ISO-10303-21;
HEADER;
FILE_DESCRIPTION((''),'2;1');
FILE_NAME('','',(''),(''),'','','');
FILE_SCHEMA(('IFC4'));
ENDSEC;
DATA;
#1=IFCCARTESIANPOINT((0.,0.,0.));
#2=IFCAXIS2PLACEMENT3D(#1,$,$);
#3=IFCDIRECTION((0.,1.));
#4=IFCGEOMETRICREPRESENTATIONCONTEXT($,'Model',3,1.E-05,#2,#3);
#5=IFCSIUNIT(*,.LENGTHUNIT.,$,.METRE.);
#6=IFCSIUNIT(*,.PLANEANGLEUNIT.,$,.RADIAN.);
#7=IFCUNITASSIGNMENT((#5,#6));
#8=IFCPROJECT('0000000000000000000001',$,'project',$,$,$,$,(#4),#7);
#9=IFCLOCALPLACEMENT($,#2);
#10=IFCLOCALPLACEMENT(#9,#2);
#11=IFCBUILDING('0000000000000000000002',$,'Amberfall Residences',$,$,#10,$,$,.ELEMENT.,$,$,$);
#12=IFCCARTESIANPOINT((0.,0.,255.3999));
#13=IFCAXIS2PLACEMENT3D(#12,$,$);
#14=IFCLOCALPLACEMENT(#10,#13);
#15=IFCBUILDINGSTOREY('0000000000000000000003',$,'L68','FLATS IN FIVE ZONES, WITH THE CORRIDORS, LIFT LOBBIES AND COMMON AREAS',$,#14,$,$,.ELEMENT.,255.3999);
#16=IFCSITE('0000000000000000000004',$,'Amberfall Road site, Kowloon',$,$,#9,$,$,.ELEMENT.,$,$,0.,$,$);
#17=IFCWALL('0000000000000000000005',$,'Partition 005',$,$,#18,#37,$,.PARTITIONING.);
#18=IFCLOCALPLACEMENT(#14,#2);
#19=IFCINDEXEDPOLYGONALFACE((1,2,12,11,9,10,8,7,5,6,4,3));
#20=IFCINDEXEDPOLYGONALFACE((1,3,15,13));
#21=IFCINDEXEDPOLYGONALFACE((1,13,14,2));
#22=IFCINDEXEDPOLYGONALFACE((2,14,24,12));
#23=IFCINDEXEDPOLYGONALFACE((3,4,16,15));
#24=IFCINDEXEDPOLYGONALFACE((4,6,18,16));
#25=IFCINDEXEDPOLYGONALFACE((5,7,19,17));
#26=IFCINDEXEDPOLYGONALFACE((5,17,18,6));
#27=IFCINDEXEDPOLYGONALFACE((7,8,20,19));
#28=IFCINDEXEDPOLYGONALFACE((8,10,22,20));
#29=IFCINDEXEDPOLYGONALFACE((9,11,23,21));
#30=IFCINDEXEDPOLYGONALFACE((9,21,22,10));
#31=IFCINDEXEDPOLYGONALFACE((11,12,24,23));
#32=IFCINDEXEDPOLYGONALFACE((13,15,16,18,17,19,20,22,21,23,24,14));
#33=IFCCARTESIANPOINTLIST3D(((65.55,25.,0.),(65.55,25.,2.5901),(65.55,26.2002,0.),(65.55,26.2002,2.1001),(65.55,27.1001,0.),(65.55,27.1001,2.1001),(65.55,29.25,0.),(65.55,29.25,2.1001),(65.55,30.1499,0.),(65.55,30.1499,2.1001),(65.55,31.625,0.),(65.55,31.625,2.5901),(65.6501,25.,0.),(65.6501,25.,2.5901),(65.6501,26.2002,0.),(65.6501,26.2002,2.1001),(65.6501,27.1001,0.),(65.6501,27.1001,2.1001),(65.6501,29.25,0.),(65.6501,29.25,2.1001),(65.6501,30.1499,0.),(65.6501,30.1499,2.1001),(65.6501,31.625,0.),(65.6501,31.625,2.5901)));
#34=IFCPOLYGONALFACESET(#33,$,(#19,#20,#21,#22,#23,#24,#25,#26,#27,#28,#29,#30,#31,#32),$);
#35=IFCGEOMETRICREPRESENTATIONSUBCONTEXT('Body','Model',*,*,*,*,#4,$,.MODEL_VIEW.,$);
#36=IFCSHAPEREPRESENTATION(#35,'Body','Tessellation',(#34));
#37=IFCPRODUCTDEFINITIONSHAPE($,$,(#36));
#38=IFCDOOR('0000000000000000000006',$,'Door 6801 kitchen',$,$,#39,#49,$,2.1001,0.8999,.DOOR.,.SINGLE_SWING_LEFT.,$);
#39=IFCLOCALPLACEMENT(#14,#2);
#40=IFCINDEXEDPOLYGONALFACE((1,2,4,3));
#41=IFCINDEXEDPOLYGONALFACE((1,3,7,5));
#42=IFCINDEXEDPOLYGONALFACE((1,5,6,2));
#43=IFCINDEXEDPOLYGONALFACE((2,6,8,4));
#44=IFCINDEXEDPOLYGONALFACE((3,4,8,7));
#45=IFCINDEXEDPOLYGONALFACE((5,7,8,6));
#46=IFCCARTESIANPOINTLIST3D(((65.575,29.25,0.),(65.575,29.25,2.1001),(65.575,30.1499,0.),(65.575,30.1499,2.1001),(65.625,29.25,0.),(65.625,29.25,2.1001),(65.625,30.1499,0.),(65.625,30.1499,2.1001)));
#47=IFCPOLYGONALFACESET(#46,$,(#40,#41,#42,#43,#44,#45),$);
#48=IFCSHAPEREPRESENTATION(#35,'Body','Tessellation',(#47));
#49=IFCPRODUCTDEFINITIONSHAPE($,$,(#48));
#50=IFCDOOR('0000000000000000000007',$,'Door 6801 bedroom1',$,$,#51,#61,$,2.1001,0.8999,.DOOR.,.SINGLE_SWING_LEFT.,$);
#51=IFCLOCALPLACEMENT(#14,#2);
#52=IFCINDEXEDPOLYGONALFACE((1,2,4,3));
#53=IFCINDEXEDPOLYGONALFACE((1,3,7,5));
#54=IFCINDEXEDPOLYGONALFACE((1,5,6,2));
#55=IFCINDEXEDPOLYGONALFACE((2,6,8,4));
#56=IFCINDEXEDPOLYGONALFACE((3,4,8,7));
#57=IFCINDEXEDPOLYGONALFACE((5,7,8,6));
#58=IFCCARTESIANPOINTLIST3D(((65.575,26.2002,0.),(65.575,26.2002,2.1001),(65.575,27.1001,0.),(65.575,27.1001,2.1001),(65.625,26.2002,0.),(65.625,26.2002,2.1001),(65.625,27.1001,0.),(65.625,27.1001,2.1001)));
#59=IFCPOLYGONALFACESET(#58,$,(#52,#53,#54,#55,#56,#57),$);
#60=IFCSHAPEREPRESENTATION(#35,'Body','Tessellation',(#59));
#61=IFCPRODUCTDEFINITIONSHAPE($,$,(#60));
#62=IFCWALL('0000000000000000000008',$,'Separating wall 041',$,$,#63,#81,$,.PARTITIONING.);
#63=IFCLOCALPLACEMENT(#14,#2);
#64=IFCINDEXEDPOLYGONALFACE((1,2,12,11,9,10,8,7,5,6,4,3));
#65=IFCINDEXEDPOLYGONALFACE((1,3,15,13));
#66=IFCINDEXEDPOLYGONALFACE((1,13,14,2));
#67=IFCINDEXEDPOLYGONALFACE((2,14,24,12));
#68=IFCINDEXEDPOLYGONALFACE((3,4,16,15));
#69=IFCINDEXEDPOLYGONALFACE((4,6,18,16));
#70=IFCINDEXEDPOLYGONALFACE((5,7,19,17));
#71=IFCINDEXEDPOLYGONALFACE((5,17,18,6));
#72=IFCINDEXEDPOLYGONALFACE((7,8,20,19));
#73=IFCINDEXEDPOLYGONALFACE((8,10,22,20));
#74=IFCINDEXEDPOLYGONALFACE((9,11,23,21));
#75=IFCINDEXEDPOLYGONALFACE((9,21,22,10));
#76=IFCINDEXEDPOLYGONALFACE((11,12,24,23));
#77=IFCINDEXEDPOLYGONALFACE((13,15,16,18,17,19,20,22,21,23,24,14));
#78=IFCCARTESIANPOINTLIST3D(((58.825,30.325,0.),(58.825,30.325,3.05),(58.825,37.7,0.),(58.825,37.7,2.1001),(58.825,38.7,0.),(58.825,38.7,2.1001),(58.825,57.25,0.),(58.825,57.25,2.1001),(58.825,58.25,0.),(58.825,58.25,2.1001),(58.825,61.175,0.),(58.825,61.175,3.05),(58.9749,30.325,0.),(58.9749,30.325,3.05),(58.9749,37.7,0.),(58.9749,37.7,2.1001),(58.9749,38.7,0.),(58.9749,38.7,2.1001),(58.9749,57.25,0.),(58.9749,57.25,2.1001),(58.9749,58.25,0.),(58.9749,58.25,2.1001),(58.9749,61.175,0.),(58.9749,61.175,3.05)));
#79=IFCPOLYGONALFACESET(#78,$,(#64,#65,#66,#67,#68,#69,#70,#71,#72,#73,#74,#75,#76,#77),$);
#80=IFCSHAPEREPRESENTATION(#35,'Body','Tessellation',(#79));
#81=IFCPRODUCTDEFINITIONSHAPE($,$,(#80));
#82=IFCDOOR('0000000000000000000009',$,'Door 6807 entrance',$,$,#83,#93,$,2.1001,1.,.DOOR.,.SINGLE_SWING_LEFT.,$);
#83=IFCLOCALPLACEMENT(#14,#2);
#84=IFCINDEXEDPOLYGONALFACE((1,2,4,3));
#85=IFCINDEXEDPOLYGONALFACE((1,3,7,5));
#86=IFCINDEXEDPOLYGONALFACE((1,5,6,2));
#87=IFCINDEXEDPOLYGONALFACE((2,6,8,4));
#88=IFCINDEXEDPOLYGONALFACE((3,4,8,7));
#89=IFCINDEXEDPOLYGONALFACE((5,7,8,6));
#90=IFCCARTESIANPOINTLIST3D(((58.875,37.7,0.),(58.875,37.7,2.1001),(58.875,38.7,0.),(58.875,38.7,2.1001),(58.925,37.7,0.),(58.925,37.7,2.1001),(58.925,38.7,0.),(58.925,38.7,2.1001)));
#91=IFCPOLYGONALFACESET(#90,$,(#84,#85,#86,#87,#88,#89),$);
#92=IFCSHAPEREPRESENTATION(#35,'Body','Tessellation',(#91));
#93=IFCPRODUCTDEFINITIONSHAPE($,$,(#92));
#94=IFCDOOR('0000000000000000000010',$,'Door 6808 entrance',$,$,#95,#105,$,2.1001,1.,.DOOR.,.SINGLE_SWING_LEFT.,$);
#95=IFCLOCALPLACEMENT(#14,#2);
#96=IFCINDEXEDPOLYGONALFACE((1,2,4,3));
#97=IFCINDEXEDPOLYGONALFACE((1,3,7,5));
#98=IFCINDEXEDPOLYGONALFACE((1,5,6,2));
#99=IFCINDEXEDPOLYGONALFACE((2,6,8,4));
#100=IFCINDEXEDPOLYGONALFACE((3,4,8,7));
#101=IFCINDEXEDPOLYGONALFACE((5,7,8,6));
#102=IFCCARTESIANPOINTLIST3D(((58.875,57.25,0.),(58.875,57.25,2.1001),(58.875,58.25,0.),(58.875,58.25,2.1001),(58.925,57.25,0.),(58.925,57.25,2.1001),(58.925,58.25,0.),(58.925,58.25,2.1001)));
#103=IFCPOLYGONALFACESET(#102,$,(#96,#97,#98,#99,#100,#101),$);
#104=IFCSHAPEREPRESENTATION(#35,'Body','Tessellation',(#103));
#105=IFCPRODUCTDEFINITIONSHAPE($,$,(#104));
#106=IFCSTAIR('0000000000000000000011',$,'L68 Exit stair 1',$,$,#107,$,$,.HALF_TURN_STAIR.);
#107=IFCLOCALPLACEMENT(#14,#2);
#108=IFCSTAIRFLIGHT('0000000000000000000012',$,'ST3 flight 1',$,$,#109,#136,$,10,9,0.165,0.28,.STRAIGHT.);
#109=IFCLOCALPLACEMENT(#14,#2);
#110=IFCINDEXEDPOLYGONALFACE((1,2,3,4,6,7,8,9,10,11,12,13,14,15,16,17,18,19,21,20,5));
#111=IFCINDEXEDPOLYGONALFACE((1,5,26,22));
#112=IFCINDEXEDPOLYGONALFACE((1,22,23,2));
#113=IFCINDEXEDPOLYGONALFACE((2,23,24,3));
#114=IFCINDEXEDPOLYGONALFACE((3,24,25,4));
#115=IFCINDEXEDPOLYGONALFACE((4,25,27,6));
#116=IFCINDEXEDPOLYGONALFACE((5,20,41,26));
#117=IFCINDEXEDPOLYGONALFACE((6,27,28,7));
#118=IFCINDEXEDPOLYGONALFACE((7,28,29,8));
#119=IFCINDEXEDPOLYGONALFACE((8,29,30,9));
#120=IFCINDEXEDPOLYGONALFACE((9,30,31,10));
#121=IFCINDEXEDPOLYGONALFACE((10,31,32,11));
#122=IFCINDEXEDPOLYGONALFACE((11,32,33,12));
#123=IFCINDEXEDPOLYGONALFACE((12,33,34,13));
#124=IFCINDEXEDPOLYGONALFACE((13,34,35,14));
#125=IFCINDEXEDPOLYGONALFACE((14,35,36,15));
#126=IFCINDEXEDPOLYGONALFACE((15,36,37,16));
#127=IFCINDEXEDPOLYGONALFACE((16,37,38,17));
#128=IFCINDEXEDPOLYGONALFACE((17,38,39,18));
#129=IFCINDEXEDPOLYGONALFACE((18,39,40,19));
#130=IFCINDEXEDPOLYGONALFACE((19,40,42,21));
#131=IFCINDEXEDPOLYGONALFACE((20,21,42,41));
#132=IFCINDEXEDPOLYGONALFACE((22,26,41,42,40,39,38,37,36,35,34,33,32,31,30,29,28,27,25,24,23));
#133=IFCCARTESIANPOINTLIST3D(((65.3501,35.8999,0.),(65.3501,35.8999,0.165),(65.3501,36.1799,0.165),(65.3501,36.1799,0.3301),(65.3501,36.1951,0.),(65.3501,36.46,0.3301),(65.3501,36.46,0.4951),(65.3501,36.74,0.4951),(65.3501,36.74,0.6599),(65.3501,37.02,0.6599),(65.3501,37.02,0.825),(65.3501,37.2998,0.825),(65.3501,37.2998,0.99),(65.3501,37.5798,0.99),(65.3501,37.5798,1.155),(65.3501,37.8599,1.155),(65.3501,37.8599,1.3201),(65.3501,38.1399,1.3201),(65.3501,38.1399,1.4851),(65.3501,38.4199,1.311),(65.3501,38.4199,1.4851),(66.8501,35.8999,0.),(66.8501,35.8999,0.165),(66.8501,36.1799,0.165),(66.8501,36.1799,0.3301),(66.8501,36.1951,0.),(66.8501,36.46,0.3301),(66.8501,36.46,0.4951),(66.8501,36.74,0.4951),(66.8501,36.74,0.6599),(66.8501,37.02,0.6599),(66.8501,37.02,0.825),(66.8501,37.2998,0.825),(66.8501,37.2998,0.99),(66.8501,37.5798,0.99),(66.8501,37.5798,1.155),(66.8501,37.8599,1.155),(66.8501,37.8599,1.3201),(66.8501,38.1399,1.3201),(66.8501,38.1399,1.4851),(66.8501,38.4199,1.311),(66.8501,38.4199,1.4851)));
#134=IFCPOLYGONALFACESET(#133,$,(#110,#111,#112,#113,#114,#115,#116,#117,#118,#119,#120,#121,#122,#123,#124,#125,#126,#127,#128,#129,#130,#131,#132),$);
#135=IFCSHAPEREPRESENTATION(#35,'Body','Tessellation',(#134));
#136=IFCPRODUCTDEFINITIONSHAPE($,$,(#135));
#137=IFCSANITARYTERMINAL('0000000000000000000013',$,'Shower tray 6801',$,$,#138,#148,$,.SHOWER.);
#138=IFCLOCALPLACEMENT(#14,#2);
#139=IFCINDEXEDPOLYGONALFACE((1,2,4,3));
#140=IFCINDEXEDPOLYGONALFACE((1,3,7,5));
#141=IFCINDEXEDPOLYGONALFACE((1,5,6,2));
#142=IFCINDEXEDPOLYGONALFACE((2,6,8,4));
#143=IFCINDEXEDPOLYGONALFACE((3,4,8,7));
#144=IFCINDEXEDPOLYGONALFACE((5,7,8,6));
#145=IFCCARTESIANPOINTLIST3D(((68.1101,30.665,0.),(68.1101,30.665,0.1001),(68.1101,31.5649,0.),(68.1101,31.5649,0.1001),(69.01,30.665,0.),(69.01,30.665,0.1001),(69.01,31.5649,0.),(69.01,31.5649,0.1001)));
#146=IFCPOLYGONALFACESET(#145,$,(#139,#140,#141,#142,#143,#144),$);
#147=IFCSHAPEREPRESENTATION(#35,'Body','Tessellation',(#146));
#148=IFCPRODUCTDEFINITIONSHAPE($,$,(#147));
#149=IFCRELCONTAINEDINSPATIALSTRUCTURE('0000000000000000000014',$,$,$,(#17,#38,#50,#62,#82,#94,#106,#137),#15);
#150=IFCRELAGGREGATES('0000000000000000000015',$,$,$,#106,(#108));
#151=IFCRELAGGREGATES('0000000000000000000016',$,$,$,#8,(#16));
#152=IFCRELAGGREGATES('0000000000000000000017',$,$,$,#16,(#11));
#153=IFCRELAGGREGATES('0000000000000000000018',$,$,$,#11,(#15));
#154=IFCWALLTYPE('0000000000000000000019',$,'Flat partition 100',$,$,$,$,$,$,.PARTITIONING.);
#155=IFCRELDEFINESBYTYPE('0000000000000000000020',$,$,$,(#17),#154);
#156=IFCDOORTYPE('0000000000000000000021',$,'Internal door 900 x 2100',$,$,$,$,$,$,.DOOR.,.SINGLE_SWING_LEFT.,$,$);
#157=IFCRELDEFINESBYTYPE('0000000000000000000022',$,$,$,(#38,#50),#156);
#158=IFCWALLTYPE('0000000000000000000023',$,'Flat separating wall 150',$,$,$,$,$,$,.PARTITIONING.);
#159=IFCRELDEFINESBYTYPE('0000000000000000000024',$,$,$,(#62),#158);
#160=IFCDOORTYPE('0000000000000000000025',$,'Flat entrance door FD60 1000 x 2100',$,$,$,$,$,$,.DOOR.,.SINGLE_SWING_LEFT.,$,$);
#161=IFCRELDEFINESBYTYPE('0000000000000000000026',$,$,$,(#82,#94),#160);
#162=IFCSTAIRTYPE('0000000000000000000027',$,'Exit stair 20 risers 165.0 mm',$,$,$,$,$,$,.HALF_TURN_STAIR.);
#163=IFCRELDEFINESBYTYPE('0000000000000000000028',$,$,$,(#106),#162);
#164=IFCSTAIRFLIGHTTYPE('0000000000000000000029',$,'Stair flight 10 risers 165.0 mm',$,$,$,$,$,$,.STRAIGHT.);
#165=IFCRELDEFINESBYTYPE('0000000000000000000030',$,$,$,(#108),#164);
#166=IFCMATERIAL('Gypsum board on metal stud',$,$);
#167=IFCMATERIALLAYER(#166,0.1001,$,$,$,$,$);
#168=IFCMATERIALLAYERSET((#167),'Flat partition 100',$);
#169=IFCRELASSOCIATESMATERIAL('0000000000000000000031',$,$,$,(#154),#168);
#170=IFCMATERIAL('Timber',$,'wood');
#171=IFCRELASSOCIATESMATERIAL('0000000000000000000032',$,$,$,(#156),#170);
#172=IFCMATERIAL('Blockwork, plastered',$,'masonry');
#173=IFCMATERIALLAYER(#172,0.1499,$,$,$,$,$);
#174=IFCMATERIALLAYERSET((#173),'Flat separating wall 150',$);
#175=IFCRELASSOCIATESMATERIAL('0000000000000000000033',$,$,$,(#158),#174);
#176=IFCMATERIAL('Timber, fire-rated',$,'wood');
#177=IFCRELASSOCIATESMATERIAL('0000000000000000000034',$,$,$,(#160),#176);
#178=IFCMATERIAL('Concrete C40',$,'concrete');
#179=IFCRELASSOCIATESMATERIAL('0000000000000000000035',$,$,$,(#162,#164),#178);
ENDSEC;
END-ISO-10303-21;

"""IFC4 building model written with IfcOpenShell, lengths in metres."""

from ifc_helpers import new_model, si_unit, direction, frame, frame_2d, origin, origin_2d, place, context, subcontext, project, spatial, polyline, rectangle, outline, extrude, material, layer, layer_set, type_object, element, fill, aggregate, save


model = new_model("IFC4")

# Units and contexts
model_context = context("Model", 3, precision=1e-05, world=origin(), true_north=direction((0.0, 1.0)))
body_context = subcontext(model_context, "Body", "Model", "MODEL_VIEW")
ifc_project = project(units=[si_unit("LENGTHUNIT", "METRE"), si_unit("PLANEANGLEUNIT", "RADIAN")], contexts=[model_context])

# Site, building, storey
site_placement = place(None, origin())
site = spatial("IfcSite", under=ifc_project, at=site_placement, Name="Amberfall Road site, Kowloon", CompositionType="ELEMENT", RefElevation=0.0)
building_placement = place(site_placement, origin())
building = spatial("IfcBuilding", under=site, at=building_placement, Name="Amberfall Residences", CompositionType="ELEMENT")
storey_placement = place(building_placement, frame((0.0, 0.0, 255.3999)))
storey = spatial("IfcBuildingStorey", under=building, at=storey_placement, Name="L68", Description="FLATS IN FIVE ZONES, WITH THE CORRIDORS, LIFT LOBBIES AND COMMON AREAS", CompositionType="ELEMENT", Elevation=255.3999)

# Walls, openings, doors
ifc_material_1 = material(Name="Gypsum board on metal stud")
ifc_layer_1 = layer(ifc_material_1, 0.1001)
ifc_layer_set_1 = layer_set([ifc_layer_1], Name="Flat partition 100")
wall_type_1 = type_object("IfcWallType", Name="Flat partition 100", PredefinedType="PARTITIONING", material=ifc_layer_set_1)
wall_1_placement = place(storey_placement, frame((65.6001, 31.625, 0.0), z_axis=(0.0, 0.0, 1.0), x_axis=(0.0, -1.0, 0.0)))
wall_1 = element("IfcWall", 1, at=wall_1_placement, inside=storey, type_object=wall_type_1, Name="Partition 005", PredefinedType="PARTITIONING", context=body_context, shape_type="SweptSolid", body=[
    extrude(rectangle(XDim=6.625, YDim=0.1001, at=frame_2d((3.3125, 0.0))), origin(), (0.0, 0.0, 1.0), 2.5901),
])
opening_1_placement = place(wall_1_placement, frame((1.4751, 0.0, 0.0)))
opening_1 = element("IfcOpeningElement", 2, at=opening_1_placement, cuts=wall_1, PredefinedType="OPENING", context=body_context, shape_type="SweptSolid", body=[
    extrude(rectangle(XDim=0.8999, YDim=2.1001, at=frame_2d((0.45, 1.05))), frame((0.0, 0.0601, 0.0), z_axis=(0.0, -1.0, 0.0), x_axis=(1.0, 0.0, 0.0)), (0.0, 0.0, 1.0), 0.1201),
])
opening_2_placement = place(wall_1_placement, frame((4.5249, 0.0, 0.0)))
opening_2 = element("IfcOpeningElement", 3, at=opening_2_placement, cuts=wall_1, PredefinedType="OPENING", context=body_context, shape_type="SweptSolid", body=[
    extrude(rectangle(XDim=0.8999, YDim=2.1001, at=frame_2d((0.45, 1.05))), frame((0.0, 0.0601, 0.0), z_axis=(0.0, -1.0, 0.0), x_axis=(1.0, 0.0, 0.0)), (0.0, 0.0, 1.0), 0.1201),
])
ifc_material_2 = material(Name="Timber", Category="wood")
door_type_1 = type_object("IfcDoorType", Name="Internal door 900 x 2100", OperationType="SINGLE_SWING_LEFT", PredefinedType="DOOR", material=ifc_material_2)
door_1_placement = place(opening_1_placement, origin())
door_1 = element("IfcDoor", 4, at=door_1_placement, inside=storey, type_object=door_type_1, Name="Door 6801 kitchen", OperationType="SINGLE_SWING_LEFT", OverallHeight=2.1001, OverallWidth=0.8999, PredefinedType="DOOR", context=body_context, shape_type="SweptSolid", body=[
    extrude(rectangle(XDim=0.8999, YDim=2.1001, at=frame_2d((0.45, 1.05))), frame((0.0, 0.0249, 0.0), z_axis=(0.0, -1.0, 0.0), x_axis=(1.0, 0.0, 0.0)), (0.0, 0.0, 1.0), 0.05),
])
fill(opening_1, door_1)
door_2_placement = place(opening_2_placement, origin())
door_2 = element("IfcDoor", 5, at=door_2_placement, inside=storey, type_object=door_type_1, Name="Door 6801 bedroom1", OperationType="SINGLE_SWING_LEFT", OverallHeight=2.1001, OverallWidth=0.8999, PredefinedType="DOOR", context=body_context, shape_type="SweptSolid", body=[
    extrude(rectangle(XDim=0.8999, YDim=2.1001, at=frame_2d((0.45, 1.05))), frame((0.0, 0.0249, 0.0), z_axis=(0.0, -1.0, 0.0), x_axis=(1.0, 0.0, 0.0)), (0.0, 0.0, 1.0), 0.05),
])
fill(opening_2, door_2)
ifc_material_3 = material(Name="Blockwork, plastered", Category="masonry")
ifc_layer_2 = layer(ifc_material_3, 0.1499)
ifc_layer_set_2 = layer_set([ifc_layer_2], Name="Flat separating wall 150")
wall_type_2 = type_object("IfcWallType", Name="Flat separating wall 150", PredefinedType="PARTITIONING", material=ifc_layer_set_2)
wall_2_placement = place(storey_placement, frame((58.8999, 30.325, 0.0), z_axis=(0.0, 0.0, 1.0), x_axis=(0.0, 1.0, 0.0)))
wall_2 = element("IfcWall", 6, at=wall_2_placement, inside=storey, type_object=wall_type_2, Name="Separating wall 041", PredefinedType="PARTITIONING", context=body_context, shape_type="SweptSolid", body=[
    extrude(rectangle(XDim=30.8501, YDim=0.1499, at=frame_2d((15.425, 0.0))), origin(), (0.0, 0.0, 1.0), 3.05),
])
opening_3_placement = place(wall_2_placement, frame((7.375, 0.0, 0.0)))
opening_3 = element("IfcOpeningElement", 7, at=opening_3_placement, cuts=wall_2, PredefinedType="OPENING", context=body_context, shape_type="SweptSolid", body=[
    extrude(rectangle(XDim=1.0, YDim=2.1001, at=frame_2d((0.5, 1.05))), frame((0.0, 0.085, 0.0), z_axis=(0.0, -1.0, 0.0), x_axis=(1.0, 0.0, 0.0)), (0.0, 0.0, 1.0), 0.1699),
])
opening_4_placement = place(wall_2_placement, frame((26.925, 0.0, 0.0)))
opening_4 = element("IfcOpeningElement", 8, at=opening_4_placement, cuts=wall_2, PredefinedType="OPENING", context=body_context, shape_type="SweptSolid", body=[
    extrude(rectangle(XDim=1.0, YDim=2.1001, at=frame_2d((0.5, 1.05))), frame((0.0, 0.085, 0.0), z_axis=(0.0, -1.0, 0.0), x_axis=(1.0, 0.0, 0.0)), (0.0, 0.0, 1.0), 0.1699),
])
ifc_material_4 = material(Name="Timber, fire-rated", Category="wood")
door_type_2 = type_object("IfcDoorType", Name="Flat entrance door FD60 1000 x 2100", OperationType="SINGLE_SWING_LEFT", PredefinedType="DOOR", material=ifc_material_4)
door_3_placement = place(opening_3_placement, origin())
door_3 = element("IfcDoor", 9, at=door_3_placement, inside=storey, type_object=door_type_2, Name="Door 6807 entrance", OperationType="SINGLE_SWING_LEFT", OverallHeight=2.1001, OverallWidth=1.0, PredefinedType="DOOR", context=body_context, shape_type="SweptSolid", body=[
    extrude(rectangle(XDim=1.0, YDim=2.1001, at=frame_2d((0.5, 1.05))), frame((0.0, 0.0249, 0.0), z_axis=(0.0, -1.0, 0.0), x_axis=(1.0, 0.0, 0.0)), (0.0, 0.0, 1.0), 0.05),
])
fill(opening_3, door_3)
door_4_placement = place(opening_4_placement, origin())
door_4 = element("IfcDoor", 10, at=door_4_placement, inside=storey, type_object=door_type_2, Name="Door 6808 entrance", OperationType="SINGLE_SWING_LEFT", OverallHeight=2.1001, OverallWidth=1.0, PredefinedType="DOOR", context=body_context, shape_type="SweptSolid", body=[
    extrude(rectangle(XDim=1.0, YDim=2.1001, at=frame_2d((0.5, 1.05))), frame((0.0, 0.0249, 0.0), z_axis=(0.0, -1.0, 0.0), x_axis=(1.0, 0.0, 0.0)), (0.0, 0.0, 1.0), 0.05),
])
fill(opening_4, door_4)

# Stair, stair flight
ifc_material_5 = material(Name="Concrete C40", Category="concrete")
stair_type = type_object("IfcStairType", Name="Exit stair 20 risers 165.0 mm", PredefinedType="HALF_TURN_STAIR", material=ifc_material_5)
stair_placement = place(storey_placement, origin())
stair = element("IfcStair", 11, at=stair_placement, inside=storey, type_object=stair_type, Name="L68 Exit stair 1", PredefinedType="HALF_TURN_STAIR")
stair_flight_type = type_object("IfcStairFlightType", Name="Stair flight 10 risers 165.0 mm", PredefinedType="STRAIGHT", material=ifc_material_5)
stair_flight_placement = place(storey_placement, frame((66.1001, 35.8999, 0.0), z_axis=(0.0, 0.0, 1.0), x_axis=(0.0, 1.0, 0.0)))
stair_flight = element("IfcStairFlight", 12, at=stair_flight_placement, type_object=stair_flight_type, Name="ST3 flight 1", NumberOfRisers=10, NumberOfTreads=9, PredefinedType="STRAIGHT", RiserHeight=0.165, TreadLength=0.28, context=body_context, shape_type="SweptSolid", body=[
    extrude(outline(polyline([(0.0, 0.0), (0.0, 0.165), (0.28, 0.165), (0.28, 0.3301), (0.5601, 0.3301), (0.5601, 0.4951), (0.8401, 0.4951), (0.8401, 0.6599), (1.1201, 0.6599), (1.1201, 0.825), (1.3999, 0.825), (1.3999, 0.99), (1.6799, 0.99), (1.6799, 1.155), (1.96, 1.155), (1.96, 1.3201), (2.24, 1.3201), (2.24, 1.4851), (2.52, 1.4851), (2.52, 1.6499), (2.52, 1.311), (0.2952, 0.0), (0.0, 0.0)])), frame((0.0, 0.75, 0.0), z_axis=(0.0, -1.0, 0.0), x_axis=(1.0, 0.0, 0.0)), (0.0, 0.0, 1.0), 1.5),
])
aggregate(stair, [stair_flight])

# Sanitary terminal
sanitary_terminal_placement = place(storey_placement, frame((68.5601, 31.115, 0.0), z_axis=(0.0, 0.0, 1.0), x_axis=(1.0, 0.0, 0.0)))
element("IfcSanitaryTerminal", 13, at=sanitary_terminal_placement, inside=storey, Name="Shower tray 6801", PredefinedType="SHOWER", context=body_context, shape_type="SweptSolid", body=[
    extrude(rectangle(XDim=0.8999, YDim=0.8999, at=origin_2d()), origin(), (0.0, 0.0, 1.0), 0.1001),
])

save(model, "model.ifc")
